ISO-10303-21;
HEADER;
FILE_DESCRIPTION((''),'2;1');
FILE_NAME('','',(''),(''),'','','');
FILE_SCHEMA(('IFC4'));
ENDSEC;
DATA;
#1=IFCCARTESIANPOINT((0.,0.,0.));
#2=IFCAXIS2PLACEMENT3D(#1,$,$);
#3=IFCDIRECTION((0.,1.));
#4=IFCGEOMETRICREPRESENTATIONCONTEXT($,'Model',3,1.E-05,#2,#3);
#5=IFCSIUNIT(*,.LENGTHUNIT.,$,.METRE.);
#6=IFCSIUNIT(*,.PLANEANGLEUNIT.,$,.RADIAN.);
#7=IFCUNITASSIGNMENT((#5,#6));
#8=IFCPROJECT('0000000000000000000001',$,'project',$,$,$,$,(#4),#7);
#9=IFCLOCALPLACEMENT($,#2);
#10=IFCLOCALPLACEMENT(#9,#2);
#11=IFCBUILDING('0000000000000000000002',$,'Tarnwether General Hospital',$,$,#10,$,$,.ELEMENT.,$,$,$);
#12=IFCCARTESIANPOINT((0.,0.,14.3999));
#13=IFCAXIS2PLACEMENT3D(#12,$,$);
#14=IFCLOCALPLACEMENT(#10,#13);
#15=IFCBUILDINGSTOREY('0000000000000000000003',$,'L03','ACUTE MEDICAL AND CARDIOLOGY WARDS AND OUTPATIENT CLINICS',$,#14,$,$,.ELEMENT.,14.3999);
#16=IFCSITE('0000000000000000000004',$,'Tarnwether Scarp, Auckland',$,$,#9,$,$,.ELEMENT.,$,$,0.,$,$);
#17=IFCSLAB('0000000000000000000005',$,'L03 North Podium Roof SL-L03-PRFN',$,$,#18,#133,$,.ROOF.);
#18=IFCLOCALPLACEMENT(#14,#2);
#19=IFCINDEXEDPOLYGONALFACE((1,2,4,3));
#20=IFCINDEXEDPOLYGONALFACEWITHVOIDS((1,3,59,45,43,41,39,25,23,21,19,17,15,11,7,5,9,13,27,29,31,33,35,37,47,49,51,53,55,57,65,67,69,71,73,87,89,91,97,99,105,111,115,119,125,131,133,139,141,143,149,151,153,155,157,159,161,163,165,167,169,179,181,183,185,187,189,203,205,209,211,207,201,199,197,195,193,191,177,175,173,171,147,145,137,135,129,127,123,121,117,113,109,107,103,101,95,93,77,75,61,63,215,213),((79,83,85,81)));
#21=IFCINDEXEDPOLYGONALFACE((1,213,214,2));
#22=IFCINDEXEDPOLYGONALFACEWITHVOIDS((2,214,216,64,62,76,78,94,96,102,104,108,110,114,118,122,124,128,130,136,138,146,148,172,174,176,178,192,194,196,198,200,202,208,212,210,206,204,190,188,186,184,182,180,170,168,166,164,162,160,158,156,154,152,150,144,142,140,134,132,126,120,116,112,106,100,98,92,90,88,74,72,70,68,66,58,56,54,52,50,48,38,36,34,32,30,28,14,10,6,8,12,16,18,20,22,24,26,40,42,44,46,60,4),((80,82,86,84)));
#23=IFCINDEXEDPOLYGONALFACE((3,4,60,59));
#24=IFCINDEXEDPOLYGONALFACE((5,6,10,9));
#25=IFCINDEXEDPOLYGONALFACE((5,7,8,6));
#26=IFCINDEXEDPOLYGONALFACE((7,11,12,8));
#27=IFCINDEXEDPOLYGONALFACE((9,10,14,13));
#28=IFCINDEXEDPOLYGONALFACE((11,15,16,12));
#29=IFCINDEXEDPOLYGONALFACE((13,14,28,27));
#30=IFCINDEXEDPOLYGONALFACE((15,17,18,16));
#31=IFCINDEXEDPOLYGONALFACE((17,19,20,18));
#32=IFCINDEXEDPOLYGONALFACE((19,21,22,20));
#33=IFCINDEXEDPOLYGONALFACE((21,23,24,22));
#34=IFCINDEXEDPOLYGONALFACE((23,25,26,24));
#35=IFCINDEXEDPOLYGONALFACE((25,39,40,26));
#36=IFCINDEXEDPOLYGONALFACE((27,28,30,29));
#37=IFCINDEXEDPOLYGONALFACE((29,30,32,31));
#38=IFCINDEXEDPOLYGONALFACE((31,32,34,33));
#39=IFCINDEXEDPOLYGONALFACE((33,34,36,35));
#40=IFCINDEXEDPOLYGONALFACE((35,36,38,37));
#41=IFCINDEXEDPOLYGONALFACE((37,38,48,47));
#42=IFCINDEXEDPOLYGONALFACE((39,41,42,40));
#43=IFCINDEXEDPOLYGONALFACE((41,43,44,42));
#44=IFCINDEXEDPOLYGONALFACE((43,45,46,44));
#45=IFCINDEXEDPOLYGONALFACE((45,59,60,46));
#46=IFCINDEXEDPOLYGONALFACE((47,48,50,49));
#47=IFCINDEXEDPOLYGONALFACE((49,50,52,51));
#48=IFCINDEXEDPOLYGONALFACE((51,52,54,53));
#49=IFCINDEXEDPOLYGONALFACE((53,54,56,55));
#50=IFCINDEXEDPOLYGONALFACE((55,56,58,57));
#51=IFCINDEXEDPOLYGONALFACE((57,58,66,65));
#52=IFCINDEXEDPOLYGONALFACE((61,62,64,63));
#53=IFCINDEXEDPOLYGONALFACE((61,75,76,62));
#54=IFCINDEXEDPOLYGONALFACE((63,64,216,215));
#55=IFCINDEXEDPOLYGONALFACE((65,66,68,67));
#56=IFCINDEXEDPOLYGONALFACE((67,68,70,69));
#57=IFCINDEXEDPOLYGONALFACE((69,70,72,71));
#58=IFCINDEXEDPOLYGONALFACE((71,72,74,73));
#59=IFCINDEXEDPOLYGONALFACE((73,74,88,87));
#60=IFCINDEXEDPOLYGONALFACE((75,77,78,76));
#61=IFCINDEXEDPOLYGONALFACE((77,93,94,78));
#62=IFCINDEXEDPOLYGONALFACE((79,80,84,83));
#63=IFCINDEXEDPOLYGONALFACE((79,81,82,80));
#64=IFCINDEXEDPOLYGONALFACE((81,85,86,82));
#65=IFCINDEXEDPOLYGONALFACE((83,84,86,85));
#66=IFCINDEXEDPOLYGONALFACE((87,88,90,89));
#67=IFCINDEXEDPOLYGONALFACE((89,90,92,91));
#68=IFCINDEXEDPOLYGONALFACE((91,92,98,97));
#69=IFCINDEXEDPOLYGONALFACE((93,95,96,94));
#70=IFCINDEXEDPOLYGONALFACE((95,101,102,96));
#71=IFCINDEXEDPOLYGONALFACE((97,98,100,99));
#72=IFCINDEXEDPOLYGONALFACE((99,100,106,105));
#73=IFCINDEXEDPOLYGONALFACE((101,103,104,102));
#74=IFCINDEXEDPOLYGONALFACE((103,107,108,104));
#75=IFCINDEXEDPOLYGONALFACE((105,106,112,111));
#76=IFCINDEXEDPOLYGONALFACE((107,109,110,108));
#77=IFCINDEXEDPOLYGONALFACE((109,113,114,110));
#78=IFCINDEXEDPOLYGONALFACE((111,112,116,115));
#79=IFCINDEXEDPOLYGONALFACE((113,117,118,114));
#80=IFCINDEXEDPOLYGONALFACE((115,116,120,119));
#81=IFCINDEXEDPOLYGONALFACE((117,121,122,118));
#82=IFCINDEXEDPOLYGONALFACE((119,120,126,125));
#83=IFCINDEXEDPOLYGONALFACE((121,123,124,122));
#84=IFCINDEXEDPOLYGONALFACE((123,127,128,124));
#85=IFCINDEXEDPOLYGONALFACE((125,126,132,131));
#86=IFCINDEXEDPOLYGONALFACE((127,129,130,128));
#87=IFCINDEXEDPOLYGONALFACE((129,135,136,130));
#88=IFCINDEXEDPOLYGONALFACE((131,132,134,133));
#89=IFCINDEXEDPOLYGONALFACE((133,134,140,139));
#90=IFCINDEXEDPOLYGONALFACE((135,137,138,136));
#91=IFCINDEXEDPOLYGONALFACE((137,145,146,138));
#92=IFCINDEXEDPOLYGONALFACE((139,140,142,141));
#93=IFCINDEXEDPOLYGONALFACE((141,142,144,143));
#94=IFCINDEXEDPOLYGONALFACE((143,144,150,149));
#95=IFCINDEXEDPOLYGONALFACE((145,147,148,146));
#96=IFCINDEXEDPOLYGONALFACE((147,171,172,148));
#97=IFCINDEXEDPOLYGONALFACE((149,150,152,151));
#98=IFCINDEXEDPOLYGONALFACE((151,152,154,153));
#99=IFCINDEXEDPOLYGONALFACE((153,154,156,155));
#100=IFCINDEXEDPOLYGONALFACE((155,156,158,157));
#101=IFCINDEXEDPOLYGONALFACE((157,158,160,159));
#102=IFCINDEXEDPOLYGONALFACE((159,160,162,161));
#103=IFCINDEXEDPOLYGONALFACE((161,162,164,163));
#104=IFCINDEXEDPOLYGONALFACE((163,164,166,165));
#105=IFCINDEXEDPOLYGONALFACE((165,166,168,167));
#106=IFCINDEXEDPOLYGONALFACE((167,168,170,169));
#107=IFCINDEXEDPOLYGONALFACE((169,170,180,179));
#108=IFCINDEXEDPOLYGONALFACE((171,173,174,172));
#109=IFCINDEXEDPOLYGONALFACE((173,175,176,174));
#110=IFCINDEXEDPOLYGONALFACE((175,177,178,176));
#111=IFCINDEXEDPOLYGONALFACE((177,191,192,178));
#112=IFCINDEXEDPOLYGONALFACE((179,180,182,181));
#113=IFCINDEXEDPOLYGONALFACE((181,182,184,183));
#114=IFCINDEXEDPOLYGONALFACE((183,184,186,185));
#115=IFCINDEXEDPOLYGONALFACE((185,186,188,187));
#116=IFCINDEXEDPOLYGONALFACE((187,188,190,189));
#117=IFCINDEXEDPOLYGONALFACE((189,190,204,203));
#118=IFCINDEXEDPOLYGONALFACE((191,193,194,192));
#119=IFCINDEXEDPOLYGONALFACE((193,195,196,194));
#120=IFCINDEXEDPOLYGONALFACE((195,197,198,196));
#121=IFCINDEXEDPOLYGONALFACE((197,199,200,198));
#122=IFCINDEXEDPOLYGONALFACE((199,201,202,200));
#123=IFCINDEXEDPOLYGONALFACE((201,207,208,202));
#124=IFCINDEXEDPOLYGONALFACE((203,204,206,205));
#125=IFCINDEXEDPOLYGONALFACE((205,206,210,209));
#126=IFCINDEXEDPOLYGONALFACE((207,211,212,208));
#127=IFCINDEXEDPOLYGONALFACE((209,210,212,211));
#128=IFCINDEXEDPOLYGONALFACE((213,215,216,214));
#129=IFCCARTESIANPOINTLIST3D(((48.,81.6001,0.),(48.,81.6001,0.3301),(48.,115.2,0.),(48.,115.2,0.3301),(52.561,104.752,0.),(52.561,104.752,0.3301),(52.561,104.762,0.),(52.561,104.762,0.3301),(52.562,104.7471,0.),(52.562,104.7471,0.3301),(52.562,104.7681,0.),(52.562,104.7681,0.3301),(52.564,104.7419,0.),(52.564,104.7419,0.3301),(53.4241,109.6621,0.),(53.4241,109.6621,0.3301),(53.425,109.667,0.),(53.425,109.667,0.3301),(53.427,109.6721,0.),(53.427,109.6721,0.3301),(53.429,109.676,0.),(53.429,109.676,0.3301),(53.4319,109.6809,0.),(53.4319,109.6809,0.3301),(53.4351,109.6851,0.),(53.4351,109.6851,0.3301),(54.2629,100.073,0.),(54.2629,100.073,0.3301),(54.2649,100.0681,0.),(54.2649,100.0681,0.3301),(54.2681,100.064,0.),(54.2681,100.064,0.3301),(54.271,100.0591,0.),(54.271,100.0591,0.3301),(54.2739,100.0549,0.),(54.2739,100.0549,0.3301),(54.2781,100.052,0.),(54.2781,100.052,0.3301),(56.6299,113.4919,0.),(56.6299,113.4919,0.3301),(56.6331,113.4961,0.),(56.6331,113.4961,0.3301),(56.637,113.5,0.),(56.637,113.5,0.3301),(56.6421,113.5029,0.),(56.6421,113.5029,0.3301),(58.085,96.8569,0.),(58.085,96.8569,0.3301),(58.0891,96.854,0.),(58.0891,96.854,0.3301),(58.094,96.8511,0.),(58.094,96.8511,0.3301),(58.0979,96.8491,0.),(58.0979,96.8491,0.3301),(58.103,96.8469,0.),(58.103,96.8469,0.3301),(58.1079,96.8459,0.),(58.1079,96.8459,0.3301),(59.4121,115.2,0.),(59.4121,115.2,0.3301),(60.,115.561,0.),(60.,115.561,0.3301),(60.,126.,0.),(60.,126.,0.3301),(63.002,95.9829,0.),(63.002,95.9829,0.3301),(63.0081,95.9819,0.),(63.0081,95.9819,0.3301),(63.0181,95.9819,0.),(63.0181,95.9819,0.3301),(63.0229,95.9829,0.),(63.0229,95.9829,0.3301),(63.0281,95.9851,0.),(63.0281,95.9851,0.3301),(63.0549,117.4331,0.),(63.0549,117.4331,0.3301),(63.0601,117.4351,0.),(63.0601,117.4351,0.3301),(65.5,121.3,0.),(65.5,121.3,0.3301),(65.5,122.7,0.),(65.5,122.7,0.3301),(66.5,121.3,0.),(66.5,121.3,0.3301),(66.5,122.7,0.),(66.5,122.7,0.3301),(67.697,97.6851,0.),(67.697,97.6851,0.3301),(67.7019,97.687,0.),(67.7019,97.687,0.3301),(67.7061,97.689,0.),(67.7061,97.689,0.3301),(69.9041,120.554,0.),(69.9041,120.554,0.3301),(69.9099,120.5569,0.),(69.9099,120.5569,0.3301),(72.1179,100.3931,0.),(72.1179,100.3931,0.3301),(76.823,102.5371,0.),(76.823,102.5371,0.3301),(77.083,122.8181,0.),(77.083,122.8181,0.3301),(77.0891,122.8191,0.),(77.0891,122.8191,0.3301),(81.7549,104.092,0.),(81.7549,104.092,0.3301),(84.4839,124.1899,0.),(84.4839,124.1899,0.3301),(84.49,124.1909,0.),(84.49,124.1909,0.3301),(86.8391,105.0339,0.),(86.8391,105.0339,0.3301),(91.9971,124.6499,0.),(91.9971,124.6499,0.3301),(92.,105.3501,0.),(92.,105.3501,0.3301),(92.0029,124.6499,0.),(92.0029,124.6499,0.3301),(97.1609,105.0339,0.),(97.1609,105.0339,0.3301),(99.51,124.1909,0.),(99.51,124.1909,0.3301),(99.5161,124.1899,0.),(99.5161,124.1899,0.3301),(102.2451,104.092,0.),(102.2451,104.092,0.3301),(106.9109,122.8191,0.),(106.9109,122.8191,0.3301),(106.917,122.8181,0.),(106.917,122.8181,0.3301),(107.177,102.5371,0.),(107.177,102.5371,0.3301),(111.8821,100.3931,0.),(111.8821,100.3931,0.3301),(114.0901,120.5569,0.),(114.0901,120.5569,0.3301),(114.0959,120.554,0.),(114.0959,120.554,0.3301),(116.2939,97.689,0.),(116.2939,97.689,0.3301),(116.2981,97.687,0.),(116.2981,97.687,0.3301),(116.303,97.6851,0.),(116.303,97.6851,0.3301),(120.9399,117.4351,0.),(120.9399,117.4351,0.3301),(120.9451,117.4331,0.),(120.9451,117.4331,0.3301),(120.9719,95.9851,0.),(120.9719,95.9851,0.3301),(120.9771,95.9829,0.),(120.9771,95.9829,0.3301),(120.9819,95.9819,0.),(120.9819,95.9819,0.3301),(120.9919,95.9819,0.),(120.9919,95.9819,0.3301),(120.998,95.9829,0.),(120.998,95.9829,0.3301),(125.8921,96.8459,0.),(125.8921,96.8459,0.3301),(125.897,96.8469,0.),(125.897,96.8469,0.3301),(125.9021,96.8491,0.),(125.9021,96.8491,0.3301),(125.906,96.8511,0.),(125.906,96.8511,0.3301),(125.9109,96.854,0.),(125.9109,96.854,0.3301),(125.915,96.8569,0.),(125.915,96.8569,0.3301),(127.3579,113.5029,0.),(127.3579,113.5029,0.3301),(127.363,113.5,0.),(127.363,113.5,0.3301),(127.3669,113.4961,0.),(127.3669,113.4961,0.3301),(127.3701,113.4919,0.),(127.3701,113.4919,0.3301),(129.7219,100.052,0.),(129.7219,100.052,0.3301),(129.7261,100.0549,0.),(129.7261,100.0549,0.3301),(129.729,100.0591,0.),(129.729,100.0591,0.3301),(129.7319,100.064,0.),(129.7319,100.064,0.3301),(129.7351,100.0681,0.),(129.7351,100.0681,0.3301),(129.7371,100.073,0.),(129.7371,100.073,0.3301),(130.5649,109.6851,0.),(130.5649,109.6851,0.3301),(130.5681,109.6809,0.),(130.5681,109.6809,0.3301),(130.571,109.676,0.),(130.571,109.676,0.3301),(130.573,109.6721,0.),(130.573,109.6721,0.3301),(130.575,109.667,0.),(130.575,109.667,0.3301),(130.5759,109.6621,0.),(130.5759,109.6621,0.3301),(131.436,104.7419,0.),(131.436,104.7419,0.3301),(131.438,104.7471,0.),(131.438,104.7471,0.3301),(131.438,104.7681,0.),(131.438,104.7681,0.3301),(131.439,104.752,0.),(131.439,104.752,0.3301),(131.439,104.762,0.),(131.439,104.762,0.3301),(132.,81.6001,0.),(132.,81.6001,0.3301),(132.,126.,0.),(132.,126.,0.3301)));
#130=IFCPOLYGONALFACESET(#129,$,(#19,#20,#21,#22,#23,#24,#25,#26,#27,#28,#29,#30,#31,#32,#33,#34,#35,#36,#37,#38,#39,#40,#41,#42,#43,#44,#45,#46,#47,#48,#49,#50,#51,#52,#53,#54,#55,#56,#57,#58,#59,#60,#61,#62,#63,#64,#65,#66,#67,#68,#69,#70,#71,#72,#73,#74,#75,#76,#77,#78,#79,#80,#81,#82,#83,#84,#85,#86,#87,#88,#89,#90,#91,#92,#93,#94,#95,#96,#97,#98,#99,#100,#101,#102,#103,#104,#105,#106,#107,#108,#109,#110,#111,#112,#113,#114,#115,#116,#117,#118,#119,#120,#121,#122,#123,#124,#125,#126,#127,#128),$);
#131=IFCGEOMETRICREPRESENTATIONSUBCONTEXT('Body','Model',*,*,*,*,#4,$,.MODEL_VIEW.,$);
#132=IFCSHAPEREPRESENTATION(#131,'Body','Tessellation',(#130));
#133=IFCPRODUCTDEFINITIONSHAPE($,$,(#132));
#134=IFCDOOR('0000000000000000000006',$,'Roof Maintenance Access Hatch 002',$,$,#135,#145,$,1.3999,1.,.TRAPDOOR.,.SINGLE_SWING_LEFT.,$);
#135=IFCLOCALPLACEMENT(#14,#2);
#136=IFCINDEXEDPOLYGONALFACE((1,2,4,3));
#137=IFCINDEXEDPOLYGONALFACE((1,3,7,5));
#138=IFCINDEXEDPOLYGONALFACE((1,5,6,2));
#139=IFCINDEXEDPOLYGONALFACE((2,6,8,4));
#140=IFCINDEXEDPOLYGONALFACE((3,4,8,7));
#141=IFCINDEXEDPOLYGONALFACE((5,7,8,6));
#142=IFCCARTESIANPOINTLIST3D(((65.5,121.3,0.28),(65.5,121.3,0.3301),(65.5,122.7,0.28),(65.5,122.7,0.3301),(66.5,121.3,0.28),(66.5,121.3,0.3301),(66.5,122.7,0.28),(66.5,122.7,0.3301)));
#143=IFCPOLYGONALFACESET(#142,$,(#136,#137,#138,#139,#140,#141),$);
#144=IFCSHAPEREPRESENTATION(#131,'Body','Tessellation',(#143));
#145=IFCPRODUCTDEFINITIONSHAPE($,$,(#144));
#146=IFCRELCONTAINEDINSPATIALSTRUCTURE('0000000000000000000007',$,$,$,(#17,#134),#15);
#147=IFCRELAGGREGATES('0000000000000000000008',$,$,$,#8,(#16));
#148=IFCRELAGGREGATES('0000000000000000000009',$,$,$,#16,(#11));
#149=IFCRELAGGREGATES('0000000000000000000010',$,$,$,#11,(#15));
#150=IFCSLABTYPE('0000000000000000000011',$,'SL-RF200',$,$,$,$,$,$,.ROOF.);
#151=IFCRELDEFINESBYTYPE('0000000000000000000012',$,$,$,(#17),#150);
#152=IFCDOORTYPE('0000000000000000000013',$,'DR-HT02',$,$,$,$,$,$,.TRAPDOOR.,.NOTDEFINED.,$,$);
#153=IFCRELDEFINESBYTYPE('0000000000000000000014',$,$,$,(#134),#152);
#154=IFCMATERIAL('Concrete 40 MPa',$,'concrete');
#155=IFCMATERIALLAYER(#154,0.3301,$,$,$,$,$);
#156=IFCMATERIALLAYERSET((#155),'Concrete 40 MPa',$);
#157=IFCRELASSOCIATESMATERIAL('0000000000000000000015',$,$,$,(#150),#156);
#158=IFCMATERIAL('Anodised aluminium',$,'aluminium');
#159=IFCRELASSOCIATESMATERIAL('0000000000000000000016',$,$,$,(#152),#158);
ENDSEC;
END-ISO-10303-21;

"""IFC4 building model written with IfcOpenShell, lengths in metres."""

from ifc_helpers import new_model, si_unit, direction, frame, origin, origin_2d, place, context, subcontext, project, spatial, polyline, rectangle, outline, extrude, material, layer, layer_set, type_object, element, fill, save


model = new_model("IFC4")

# Units and contexts
model_context = context("Model", 3, precision=1e-05, world=origin(), true_north=direction((0.0, 1.0)))
body_context = subcontext(model_context, "Body", "Model", "MODEL_VIEW")
ifc_project = project(units=[si_unit("LENGTHUNIT", "METRE"), si_unit("PLANEANGLEUNIT", "RADIAN")], contexts=[model_context])

# Site, building, storey
site_placement = place(None, origin())
site = spatial("IfcSite", under=ifc_project, at=site_placement, Name="Tarnwether Scarp, Auckland", CompositionType="ELEMENT", RefElevation=0.0)
building_placement = place(site_placement, origin())
building = spatial("IfcBuilding", under=site, at=building_placement, Name="Tarnwether General Hospital", CompositionType="ELEMENT")
storey_placement = place(building_placement, frame((0.0, 0.0, 14.3999)))
storey = spatial("IfcBuildingStorey", under=building, at=storey_placement, Name="L03", Description="ACUTE MEDICAL AND CARDIOLOGY WARDS AND OUTPATIENT CLINICS", CompositionType="ELEMENT", Elevation=14.3999)

# Slab, opening, door
ifc_material_1 = material(Name="Concrete 40 MPa", Category="concrete")
ifc_layer_1 = layer(ifc_material_1, 0.3301)
ifc_layer_set_1 = layer_set([ifc_layer_1], Name="Concrete 40 MPa")
slab_type_1 = type_object("IfcSlabType", Name="SL-RF200", PredefinedType="ROOF", material=ifc_layer_set_1)
slab_1_placement = place(storey_placement, origin())
slab_1 = element("IfcSlab", 1, at=slab_1_placement, inside=storey, type_object=slab_type_1, Name="L03 North Podium Roof SL-L03-PRFN", PredefinedType="ROOF", context=body_context, shape_type="SweptSolid", body=[
    extrude(outline(polyline([(132.0, 81.6001), (48.0, 81.6001), (48.0, 115.2), (59.4121, 115.2), (56.6421, 113.5029), (56.637, 113.5), (56.6331, 113.4961), (56.6299, 113.4919), (53.4351, 109.6851), (53.4319, 109.6809), (53.429, 109.676), (53.427, 109.6721), (53.425, 109.667), (53.4241, 109.6621), (52.562, 104.7681), (52.561, 104.762), (52.561, 104.7571), (52.561, 104.752), (52.562, 104.7471), (52.564, 104.7419), (54.2629, 100.073), (54.2649, 100.0681), (54.2681, 100.064), (54.271, 100.0591), (54.2739, 100.0549), (54.2781, 100.052), (58.085, 96.8569), (58.0891, 96.854), (58.094, 96.8511), (58.0979, 96.8491), (58.103, 96.8469), (58.1079, 96.8459), (63.002, 95.9829), (63.0081, 95.9819), (63.0129, 95.9819), (63.0181, 95.9819), (63.0229, 95.9829), (63.0281, 95.9851), (67.697, 97.6851), (67.7019, 97.687), (67.7061, 97.689), (72.1179, 100.3931), (76.823, 102.5371), (81.7549, 104.092), (86.8391, 105.0339), (92.0, 105.3501), (97.1609, 105.0339), (102.2451, 104.092), (107.177, 102.5371), (111.8821, 100.3931), (116.2939, 97.689), (116.2981, 97.687), (116.303, 97.6851), (120.9719, 95.9851), (120.9771, 95.9829), (120.9819, 95.9819), (120.9871, 95.9819), (120.9919, 95.9819), (120.998, 95.9829), (125.8921, 96.8459), (125.897, 96.8469), (125.9021, 96.8491), (125.906, 96.8511), (125.9109, 96.854), (125.915, 96.8569), (129.7219, 100.052), (129.7261, 100.0549), (129.729, 100.0591), (129.7319, 100.064), (129.7351, 100.0681), (129.7371, 100.073), (131.436, 104.7419), (131.438, 104.7471), (131.439, 104.752), (131.439, 104.7571), (131.439, 104.762), (131.438, 104.7681), (130.5759, 109.6621), (130.575, 109.667), (130.573, 109.6721), (130.571, 109.676), (130.5681, 109.6809), (130.5649, 109.6851), (127.3701, 113.4919), (127.3669, 113.4961), (127.363, 113.5), (127.3579, 113.5029), (120.9451, 117.4331), (120.9399, 117.4351), (114.0959, 120.554), (114.0901, 120.5569), (106.917, 122.8181), (106.9109, 122.8191), (99.5161, 124.1899), (99.51, 124.1909), (92.0029, 124.6499), (91.9971, 124.6499), (84.49, 124.1909), (84.4839, 124.1899), (77.0891, 122.8191), (77.083, 122.8181), (69.9099, 120.5569), (69.9041, 120.554), (63.0601, 117.4351), (63.0549, 117.4331), (60.0, 115.561), (60.0, 126.0), (132.0, 126.0), (132.0, 81.6001)])), origin(), (0.0, 0.0, 1.0), 0.3301),
])
opening_1_placement = place(slab_1_placement, frame((66.0, 122.0, 0.0)))
opening_1 = element("IfcOpeningElement", 2, at=opening_1_placement, cuts=slab_1, PredefinedType="OPENING", context=body_context, shape_type="SweptSolid", body=[
    extrude(rectangle(XDim=1.0, YDim=1.3999, at=origin_2d()), origin(), (0.0, 0.0, 1.0), 0.3301),
])
ifc_material_2 = material(Name="Anodised aluminium", Category="aluminium")
door_type = type_object("IfcDoorType", Name="DR-HT02", OperationType="NOTDEFINED", PredefinedType="TRAPDOOR", material=ifc_material_2)
door_1_placement = place(opening_1_placement, frame((0.0, 0.0, 0.28)))
door_1 = element("IfcDoor", 3, at=door_1_placement, inside=storey, type_object=door_type, Name="Roof Maintenance Access Hatch 002", OperationType="SINGLE_SWING_LEFT", OverallHeight=1.3999, OverallWidth=1.0, PredefinedType="TRAPDOOR", context=body_context, shape_type="SweptSolid", body=[
    extrude(rectangle(XDim=1.0, YDim=1.3999, at=origin_2d()), origin(), (0.0, 0.0, 1.0), 0.05),
])
fill(opening_1, door_1)

save(model, "model.ifc")
